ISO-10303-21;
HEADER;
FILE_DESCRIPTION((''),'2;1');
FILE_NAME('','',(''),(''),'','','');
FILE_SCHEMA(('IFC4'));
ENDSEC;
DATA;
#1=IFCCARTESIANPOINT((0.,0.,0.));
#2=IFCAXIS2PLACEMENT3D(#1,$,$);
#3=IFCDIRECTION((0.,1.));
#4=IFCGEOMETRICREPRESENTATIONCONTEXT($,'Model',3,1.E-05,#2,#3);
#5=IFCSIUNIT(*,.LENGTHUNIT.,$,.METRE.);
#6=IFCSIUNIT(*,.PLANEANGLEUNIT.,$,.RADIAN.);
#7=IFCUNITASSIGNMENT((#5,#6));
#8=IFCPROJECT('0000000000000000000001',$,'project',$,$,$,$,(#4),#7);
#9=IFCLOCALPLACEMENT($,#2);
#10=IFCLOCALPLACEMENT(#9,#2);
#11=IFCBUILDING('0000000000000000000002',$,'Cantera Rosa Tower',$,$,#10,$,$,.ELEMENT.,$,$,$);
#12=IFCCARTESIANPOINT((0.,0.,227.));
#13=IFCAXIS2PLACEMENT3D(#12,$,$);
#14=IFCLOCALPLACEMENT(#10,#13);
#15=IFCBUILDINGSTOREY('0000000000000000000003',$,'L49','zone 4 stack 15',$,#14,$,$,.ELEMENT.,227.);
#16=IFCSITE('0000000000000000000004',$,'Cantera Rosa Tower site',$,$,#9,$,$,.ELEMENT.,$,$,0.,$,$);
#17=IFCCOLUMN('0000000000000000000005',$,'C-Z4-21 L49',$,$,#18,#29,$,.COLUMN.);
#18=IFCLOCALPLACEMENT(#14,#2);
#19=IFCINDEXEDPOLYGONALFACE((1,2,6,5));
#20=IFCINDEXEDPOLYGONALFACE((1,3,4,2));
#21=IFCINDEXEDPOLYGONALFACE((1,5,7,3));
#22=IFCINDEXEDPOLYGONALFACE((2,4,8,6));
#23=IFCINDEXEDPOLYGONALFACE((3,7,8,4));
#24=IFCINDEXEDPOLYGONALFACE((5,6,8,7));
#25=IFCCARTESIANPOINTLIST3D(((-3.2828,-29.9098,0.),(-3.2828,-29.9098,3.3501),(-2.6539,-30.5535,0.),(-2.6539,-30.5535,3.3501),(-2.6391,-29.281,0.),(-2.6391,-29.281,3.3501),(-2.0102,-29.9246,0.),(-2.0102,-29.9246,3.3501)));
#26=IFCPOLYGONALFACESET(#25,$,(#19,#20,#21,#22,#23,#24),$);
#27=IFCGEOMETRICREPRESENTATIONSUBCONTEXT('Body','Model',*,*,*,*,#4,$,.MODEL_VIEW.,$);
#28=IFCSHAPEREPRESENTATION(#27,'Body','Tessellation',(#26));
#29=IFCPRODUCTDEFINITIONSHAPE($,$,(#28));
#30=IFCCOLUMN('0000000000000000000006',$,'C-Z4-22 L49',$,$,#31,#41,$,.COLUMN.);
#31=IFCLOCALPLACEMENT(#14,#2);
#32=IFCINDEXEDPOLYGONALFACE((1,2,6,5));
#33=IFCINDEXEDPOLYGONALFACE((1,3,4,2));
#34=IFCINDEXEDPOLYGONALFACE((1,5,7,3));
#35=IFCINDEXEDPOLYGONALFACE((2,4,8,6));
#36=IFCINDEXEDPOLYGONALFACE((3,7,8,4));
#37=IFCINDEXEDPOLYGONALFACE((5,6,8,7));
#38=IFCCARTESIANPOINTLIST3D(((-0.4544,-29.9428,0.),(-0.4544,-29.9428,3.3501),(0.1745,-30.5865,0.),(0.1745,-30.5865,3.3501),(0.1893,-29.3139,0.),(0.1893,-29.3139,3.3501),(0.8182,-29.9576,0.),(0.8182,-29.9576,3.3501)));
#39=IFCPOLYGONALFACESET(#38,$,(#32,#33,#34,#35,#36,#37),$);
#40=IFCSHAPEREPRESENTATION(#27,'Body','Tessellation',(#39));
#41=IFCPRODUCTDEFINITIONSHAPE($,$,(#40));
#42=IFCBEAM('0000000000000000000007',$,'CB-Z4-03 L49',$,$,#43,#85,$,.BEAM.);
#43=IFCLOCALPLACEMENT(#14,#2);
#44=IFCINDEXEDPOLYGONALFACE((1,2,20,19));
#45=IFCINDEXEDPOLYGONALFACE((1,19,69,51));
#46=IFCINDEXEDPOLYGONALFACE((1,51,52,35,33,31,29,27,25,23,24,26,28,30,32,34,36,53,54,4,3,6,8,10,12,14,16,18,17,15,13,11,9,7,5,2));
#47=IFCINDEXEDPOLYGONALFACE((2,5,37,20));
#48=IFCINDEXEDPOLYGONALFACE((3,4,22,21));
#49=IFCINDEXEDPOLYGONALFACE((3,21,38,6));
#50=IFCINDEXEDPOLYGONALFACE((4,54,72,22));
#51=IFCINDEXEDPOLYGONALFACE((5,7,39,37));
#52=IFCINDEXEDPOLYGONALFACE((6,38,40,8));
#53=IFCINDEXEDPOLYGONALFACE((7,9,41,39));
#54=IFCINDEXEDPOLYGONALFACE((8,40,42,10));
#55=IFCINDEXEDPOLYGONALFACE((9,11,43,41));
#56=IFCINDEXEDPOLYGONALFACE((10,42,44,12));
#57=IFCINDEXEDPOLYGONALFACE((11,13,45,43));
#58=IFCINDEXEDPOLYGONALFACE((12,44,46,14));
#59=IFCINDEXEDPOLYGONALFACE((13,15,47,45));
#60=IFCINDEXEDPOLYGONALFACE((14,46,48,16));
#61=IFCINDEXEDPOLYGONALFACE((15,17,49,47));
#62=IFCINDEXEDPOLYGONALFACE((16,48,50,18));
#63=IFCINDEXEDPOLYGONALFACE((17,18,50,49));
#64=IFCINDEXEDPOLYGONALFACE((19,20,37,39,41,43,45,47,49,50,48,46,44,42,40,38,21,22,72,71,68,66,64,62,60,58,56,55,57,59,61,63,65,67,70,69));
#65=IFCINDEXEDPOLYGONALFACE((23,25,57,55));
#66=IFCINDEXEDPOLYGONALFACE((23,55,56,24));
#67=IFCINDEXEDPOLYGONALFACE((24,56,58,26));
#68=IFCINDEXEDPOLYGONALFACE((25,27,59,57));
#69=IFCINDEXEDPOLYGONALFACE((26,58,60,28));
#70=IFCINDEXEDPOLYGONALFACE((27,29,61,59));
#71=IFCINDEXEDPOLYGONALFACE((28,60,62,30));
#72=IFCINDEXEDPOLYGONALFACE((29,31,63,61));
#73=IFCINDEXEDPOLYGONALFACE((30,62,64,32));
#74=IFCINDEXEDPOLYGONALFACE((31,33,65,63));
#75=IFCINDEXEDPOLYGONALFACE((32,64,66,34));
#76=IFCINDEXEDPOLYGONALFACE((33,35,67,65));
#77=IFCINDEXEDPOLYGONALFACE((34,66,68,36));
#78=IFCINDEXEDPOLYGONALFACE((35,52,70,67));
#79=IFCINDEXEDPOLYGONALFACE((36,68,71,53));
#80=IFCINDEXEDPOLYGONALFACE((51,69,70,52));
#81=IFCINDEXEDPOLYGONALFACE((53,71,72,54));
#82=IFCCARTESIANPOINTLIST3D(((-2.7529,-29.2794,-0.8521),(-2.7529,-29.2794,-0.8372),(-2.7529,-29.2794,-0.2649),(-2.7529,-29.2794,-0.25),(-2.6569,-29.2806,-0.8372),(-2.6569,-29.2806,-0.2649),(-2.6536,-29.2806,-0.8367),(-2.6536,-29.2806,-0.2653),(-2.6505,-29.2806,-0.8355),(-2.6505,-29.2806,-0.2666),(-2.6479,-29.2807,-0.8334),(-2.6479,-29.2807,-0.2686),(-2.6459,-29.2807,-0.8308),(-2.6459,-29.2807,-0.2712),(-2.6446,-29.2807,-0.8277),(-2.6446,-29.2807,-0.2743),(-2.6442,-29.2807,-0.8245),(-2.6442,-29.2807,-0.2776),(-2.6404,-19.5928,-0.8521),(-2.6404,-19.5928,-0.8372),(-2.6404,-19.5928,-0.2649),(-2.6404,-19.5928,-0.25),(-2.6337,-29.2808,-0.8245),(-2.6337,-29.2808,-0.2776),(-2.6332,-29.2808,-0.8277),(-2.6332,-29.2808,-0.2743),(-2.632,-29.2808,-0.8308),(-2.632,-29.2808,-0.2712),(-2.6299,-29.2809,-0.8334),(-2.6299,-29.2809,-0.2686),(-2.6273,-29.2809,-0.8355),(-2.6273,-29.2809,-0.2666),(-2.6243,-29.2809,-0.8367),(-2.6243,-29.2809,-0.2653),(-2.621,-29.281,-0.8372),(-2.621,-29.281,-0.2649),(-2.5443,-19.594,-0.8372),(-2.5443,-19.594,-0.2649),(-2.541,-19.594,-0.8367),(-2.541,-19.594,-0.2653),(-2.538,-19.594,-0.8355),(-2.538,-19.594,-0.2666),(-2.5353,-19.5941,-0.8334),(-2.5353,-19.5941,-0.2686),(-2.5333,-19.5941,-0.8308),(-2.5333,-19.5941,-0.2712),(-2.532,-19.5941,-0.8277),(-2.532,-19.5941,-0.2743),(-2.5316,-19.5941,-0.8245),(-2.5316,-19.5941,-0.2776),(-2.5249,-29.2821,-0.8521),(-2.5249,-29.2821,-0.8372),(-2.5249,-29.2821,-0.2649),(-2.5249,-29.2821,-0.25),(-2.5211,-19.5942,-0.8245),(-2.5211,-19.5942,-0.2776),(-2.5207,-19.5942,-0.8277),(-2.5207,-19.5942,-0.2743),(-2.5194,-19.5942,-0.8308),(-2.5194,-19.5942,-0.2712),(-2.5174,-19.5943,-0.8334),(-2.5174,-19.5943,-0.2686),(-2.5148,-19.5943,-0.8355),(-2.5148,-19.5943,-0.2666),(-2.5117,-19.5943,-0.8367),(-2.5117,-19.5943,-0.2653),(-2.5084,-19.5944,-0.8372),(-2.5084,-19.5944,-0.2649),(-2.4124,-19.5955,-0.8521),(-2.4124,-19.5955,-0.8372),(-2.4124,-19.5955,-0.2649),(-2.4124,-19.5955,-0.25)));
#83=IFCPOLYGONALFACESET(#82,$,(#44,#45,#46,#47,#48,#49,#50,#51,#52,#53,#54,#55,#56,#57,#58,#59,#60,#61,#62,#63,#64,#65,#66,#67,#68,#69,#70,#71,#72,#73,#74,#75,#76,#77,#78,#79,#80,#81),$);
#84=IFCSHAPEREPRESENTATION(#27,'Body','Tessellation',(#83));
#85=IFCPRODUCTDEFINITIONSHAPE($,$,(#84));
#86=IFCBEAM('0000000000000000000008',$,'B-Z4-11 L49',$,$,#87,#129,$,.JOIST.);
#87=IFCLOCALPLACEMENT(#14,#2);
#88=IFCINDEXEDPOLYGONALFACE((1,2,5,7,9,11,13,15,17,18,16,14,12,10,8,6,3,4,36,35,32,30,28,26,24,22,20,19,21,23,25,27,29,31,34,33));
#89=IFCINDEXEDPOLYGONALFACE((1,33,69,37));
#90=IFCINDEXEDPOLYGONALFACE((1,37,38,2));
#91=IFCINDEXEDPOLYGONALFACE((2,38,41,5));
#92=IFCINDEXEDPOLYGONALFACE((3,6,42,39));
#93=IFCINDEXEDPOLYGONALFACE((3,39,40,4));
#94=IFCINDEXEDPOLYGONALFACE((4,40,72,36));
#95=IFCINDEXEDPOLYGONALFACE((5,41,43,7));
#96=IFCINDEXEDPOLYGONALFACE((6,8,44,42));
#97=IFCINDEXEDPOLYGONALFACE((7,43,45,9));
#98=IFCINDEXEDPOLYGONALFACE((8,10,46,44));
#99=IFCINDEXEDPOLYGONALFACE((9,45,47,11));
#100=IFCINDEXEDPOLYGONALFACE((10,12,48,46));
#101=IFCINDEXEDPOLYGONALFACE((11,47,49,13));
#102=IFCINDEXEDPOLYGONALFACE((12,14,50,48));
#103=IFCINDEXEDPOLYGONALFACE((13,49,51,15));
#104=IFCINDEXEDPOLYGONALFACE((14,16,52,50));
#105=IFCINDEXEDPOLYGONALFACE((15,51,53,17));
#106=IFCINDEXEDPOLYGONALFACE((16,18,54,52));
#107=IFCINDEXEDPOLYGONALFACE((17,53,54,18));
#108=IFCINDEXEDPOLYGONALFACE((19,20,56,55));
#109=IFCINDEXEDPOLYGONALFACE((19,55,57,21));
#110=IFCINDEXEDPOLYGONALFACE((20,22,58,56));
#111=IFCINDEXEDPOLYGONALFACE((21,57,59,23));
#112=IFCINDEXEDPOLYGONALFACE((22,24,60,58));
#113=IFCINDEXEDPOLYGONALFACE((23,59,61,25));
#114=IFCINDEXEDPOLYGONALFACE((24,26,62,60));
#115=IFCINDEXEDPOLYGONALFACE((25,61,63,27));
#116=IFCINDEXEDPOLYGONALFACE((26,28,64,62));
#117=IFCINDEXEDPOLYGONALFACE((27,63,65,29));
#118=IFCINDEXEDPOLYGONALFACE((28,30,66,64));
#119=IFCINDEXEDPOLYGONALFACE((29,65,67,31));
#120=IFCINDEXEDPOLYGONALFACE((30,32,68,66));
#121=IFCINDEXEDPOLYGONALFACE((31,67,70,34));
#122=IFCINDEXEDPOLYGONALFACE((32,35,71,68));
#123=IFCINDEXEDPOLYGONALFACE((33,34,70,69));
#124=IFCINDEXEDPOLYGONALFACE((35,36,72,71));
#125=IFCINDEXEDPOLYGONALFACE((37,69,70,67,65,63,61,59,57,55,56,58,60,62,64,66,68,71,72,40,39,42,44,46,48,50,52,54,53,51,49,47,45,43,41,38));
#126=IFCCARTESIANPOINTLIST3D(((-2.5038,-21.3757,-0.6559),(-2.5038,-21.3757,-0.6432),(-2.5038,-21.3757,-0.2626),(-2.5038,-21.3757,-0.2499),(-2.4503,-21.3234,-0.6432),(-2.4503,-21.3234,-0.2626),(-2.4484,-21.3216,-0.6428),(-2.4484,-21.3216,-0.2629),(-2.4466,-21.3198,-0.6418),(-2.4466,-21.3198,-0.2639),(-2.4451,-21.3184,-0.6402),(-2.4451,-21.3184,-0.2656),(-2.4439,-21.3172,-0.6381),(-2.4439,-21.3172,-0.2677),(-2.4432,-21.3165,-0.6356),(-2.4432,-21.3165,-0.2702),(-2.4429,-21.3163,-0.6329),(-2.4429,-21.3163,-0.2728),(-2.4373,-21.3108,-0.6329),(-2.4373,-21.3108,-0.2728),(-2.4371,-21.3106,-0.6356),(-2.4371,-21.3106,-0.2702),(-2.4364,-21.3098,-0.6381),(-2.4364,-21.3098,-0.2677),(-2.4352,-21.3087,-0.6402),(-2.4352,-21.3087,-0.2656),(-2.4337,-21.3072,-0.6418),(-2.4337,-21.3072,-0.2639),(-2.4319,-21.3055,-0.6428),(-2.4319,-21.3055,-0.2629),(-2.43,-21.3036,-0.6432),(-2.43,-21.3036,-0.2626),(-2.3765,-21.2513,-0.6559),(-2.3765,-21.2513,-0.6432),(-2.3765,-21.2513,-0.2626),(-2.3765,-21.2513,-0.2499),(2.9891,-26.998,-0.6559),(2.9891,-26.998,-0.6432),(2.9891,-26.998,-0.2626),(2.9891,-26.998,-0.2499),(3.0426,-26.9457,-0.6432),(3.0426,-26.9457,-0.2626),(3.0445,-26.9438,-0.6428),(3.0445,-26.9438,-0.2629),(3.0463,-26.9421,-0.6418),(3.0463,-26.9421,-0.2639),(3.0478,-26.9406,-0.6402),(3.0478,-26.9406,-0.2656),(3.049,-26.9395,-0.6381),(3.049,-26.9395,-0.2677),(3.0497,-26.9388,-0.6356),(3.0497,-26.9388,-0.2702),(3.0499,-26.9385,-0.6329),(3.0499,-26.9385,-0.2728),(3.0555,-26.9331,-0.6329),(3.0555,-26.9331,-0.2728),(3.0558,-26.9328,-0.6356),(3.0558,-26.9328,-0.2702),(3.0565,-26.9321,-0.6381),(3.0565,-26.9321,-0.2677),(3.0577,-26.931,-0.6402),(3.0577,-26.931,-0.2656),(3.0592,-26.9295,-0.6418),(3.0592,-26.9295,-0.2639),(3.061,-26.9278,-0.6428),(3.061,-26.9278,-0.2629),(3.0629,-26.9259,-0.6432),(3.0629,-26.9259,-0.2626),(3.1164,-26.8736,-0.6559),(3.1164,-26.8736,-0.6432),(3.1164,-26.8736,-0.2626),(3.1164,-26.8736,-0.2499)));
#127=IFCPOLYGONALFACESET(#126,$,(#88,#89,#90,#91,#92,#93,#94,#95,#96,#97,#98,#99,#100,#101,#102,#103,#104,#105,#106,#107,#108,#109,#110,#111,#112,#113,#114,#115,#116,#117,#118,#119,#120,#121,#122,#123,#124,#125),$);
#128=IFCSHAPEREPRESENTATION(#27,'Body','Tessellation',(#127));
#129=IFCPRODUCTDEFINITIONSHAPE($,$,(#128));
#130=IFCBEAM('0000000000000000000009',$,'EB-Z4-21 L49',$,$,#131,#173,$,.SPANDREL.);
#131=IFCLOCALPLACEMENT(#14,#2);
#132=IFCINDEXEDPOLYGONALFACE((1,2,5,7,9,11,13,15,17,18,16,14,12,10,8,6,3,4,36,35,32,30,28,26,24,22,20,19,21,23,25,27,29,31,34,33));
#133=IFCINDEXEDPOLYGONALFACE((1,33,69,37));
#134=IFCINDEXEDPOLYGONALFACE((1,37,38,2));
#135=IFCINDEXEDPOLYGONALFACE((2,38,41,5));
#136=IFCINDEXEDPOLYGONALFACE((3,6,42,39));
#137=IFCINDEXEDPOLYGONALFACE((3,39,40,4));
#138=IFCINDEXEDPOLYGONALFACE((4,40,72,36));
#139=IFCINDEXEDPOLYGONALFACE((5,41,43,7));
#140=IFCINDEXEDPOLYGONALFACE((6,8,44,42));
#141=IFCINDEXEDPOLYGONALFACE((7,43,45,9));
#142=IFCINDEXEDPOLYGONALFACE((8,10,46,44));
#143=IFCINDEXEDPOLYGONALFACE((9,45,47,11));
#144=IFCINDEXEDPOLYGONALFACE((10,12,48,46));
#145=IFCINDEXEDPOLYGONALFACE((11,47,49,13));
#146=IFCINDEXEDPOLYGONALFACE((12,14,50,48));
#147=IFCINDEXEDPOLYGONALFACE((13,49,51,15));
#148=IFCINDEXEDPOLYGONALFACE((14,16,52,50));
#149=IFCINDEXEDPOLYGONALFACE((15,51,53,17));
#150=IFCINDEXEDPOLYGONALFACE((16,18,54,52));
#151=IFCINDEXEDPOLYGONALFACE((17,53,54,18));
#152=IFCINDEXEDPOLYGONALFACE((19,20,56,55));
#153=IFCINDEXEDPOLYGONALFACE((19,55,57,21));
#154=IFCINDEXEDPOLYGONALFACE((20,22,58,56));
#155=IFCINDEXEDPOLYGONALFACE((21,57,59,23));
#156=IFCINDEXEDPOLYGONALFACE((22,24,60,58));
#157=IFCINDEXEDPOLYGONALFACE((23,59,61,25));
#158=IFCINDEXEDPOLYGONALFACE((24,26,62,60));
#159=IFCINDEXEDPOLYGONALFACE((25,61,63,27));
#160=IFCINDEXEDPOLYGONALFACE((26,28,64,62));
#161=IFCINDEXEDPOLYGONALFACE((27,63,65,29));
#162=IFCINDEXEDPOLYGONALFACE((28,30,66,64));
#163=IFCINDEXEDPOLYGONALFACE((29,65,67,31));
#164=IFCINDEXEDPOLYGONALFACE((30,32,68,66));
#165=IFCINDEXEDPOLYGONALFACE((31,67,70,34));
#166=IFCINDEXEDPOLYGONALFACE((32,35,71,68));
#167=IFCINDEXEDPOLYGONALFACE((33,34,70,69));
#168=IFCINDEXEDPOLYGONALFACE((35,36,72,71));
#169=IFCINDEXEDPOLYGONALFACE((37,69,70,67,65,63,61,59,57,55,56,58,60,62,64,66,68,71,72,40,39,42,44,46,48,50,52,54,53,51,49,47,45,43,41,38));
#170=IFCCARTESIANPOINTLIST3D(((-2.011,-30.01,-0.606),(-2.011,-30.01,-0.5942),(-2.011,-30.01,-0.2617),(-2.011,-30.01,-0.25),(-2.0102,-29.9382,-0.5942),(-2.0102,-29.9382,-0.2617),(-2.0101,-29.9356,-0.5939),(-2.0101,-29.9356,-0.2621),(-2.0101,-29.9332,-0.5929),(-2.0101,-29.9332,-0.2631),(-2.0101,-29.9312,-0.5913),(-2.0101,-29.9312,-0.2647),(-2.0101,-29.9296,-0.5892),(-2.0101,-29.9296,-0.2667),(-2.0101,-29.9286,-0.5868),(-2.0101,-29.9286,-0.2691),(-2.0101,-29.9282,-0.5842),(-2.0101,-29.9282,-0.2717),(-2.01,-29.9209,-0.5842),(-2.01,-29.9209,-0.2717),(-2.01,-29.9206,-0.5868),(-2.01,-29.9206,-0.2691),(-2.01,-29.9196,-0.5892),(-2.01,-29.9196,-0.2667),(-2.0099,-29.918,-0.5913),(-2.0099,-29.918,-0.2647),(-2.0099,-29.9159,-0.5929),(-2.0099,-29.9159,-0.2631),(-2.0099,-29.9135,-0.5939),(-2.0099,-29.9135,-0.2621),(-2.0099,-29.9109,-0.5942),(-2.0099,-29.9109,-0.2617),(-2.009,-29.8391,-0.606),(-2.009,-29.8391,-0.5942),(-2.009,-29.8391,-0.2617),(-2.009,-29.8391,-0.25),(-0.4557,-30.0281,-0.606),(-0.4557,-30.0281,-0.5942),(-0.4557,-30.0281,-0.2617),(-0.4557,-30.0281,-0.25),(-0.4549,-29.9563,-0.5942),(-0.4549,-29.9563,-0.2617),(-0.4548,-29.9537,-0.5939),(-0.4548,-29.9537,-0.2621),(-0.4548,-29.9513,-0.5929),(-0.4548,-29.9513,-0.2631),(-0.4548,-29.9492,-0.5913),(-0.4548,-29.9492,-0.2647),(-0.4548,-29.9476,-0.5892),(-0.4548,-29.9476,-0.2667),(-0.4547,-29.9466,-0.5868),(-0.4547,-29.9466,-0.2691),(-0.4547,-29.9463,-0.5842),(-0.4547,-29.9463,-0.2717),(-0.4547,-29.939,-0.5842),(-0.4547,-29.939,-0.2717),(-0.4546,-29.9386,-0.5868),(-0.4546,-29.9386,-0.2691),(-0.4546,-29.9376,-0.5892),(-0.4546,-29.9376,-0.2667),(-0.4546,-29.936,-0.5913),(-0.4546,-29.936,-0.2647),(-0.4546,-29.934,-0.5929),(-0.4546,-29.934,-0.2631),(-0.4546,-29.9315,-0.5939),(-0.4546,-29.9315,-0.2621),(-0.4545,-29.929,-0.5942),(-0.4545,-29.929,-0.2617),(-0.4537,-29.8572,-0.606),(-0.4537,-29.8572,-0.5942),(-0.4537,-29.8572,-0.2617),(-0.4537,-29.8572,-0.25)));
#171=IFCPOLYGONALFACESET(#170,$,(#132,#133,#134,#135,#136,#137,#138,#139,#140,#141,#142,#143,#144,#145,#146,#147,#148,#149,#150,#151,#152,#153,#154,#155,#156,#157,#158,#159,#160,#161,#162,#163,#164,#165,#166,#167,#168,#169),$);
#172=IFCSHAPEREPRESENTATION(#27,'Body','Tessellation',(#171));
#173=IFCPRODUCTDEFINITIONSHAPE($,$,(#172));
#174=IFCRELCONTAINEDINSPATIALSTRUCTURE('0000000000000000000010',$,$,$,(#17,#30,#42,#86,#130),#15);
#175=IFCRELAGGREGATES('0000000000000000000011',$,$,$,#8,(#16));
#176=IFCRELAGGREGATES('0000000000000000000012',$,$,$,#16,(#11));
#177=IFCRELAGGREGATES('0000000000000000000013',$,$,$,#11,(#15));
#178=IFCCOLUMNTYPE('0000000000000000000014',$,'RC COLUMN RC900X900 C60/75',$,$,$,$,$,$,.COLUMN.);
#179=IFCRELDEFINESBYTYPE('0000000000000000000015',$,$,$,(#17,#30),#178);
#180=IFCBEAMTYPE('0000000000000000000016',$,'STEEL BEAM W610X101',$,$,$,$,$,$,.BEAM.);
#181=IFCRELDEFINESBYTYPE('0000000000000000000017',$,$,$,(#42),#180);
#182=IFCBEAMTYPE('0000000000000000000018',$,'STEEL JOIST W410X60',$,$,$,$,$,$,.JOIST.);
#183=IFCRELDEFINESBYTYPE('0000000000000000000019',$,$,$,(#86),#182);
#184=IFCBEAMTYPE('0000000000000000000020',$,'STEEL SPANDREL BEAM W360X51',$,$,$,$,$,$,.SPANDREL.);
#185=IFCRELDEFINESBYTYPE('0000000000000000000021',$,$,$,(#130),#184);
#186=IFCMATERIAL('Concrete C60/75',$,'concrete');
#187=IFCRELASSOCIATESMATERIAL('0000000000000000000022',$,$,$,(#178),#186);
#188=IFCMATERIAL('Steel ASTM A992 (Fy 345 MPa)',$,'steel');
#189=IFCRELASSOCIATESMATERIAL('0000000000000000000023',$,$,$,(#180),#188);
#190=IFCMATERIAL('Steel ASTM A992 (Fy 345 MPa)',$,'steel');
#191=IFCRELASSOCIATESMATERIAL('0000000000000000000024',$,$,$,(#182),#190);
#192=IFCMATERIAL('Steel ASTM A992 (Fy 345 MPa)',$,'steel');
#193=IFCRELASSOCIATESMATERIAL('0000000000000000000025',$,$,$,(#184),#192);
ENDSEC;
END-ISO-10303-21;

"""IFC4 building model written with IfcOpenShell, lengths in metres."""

from ifc_helpers import new_model, si_unit, direction, frame, origin, origin_2d, place, context, subcontext, project, spatial, rectangle, i_section, extrude, material, material_profile, profile_set, type_object, element, save


model = new_model("IFC4")

# Units and contexts
model_context = context("Model", 3, precision=1e-05, world=origin(), true_north=direction((0.0, 1.0)))
body_context = subcontext(model_context, "Body", "Model", "MODEL_VIEW")
ifc_project = project(units=[si_unit("LENGTHUNIT", "METRE"), si_unit("PLANEANGLEUNIT", "RADIAN")], contexts=[model_context])

# Site, building, storey
site_placement = place(None, origin())
site = spatial("IfcSite", under=ifc_project, at=site_placement, Name="Cantera Rosa Tower site", CompositionType="ELEMENT", RefElevation=0.0)
building_placement = place(site_placement, origin())
building = spatial("IfcBuilding", under=site, at=building_placement, Name="Cantera Rosa Tower", CompositionType="ELEMENT")
storey_placement = place(building_placement, frame((0.0, 0.0, 227.0)))
storey = spatial("IfcBuildingStorey", under=building, at=storey_placement, Name="L49", Description="zone 4 stack 15", CompositionType="ELEMENT", Elevation=227.0)

# Columns
ifc_material_1 = material(Name="Concrete C60/75", Category="concrete")
ifc_material_profile_1 = material_profile(ifc_material_1, rectangle(XDim=0.8999, YDim=0.8999, at=origin_2d()), Name="RC COLUMN RC900X900 C60/75")
ifc_profile_set_1 = profile_set([ifc_material_profile_1], Name="Concrete C60/75")
column_type = type_object("IfcColumnType", Name="RC COLUMN RC900X900 C60/75", PredefinedType="COLUMN", material=ifc_profile_set_1)
for number, where, z_axis, x_axis, name in (
    (1, (-2.6465, -29.9172, 0.0), (0.0, 0.0, 1.0), (0.715286, 0.698832, 0.0), "C-Z4-21 L49"),
    (2, (0.1819, -29.9502, 0.0), (0.0, 0.0, 1.0), (0.715286, 0.698832, 0.0), "C-Z4-22 L49"),
):
    element("IfcColumn", number, at=place(storey_placement, frame(where, z_axis=z_axis, x_axis=x_axis)), inside=storey, type_object=column_type, Name=name, PredefinedType="COLUMN", context=body_context, shape_type="SweptSolid", body=[
        extrude(rectangle(XDim=0.8999, YDim=0.8999, at=origin_2d()), origin(), (0.0, 0.0, 1.0), 3.3501),
    ])

# Beams
ifc_material_2 = material(Name="Steel ASTM A992 (Fy 345 MPa)", Category="steel")
ifc_material_profile_2 = material_profile(ifc_material_2, i_section(OverallWidth=0.228, OverallDepth=0.6021, WebThickness=0.0105, FlangeThickness=0.0149, FilletRadius=0.0127, at=origin_2d()), Name="W610X101")
ifc_profile_set_2 = profile_set([ifc_material_profile_2], Name="Steel ASTM A992 (Fy 345 MPa)")
beam_type_1 = type_object("IfcBeamType", Name="STEEL BEAM W610X101", PredefinedType="BEAM", material=ifc_profile_set_2)
beam_1_placement = place(storey_placement, frame((-2.6389, -29.2808, -0.551), z_axis=(0.011618, 0.999933, 0.0), x_axis=(-0.999933, 0.011618, 0.0)))
element("IfcBeam", 3, at=beam_1_placement, inside=storey, type_object=beam_type_1, Name="CB-Z4-03 L49", PredefinedType="BEAM", context=body_context, shape_type="SweptSolid", body=[
    extrude(i_section(OverallWidth=0.228, OverallDepth=0.6021, WebThickness=0.0105, FlangeThickness=0.0149, FilletRadius=0.0127, at=origin_2d()), origin(), (0.0, 0.0, 1.0), 9.6873),
])
ifc_material_3 = material(Name="Steel ASTM A992 (Fy 345 MPa)", Category="steel")
ifc_material_profile_3 = material_profile(ifc_material_3, i_section(OverallWidth=0.178, OverallDepth=0.406, WebThickness=0.0078, FlangeThickness=0.0127, FilletRadius=0.0103, at=origin_2d()), Name="W410X60")
ifc_profile_set_3 = profile_set([ifc_material_profile_3], Name="Steel ASTM A992 (Fy 345 MPa)")
beam_type_2 = type_object("IfcBeamType", Name="STEEL JOIST W410X60", PredefinedType="JOIST", material=ifc_profile_set_3)
beam_2_placement = place(storey_placement, frame((3.0527, -26.9358, -0.4529), z_axis=(-0.698828, 0.71529, 0.0), x_axis=(-0.71529, -0.698828, 0.0)))
element("IfcBeam", 4, at=beam_2_placement, inside=storey, type_object=beam_type_2, Name="B-Z4-11 L49", PredefinedType="JOIST", context=body_context, shape_type="SweptSolid", body=[
    extrude(i_section(OverallWidth=0.178, OverallDepth=0.406, WebThickness=0.0078, FlangeThickness=0.0127, FilletRadius=0.0103, at=origin_2d()), origin(), (0.0, 0.0, 1.0), 7.8601),
])
ifc_material_4 = material(Name="Steel ASTM A992 (Fy 345 MPa)", Category="steel")
ifc_material_profile_4 = material_profile(ifc_material_4, i_section(OverallWidth=0.1709, OverallDepth=0.356, WebThickness=0.0073, FlangeThickness=0.0117, FilletRadius=0.01, at=origin_2d()), Name="W360X51")
ifc_profile_set_4 = profile_set([ifc_material_profile_4], Name="Steel ASTM A992 (Fy 345 MPa)")
beam_type_3 = type_object("IfcBeamType", Name="STEEL SPANDREL BEAM W360X51", PredefinedType="SPANDREL", material=ifc_profile_set_4)
beam_3_placement = place(storey_placement, frame((-2.01, -29.9246, -0.428), z_axis=(0.999933, -0.011614, 0.0), x_axis=(0.011614, 0.999933, 0.0)))
element("IfcBeam", 5, at=beam_3_placement, inside=storey, type_object=beam_type_3, Name="EB-Z4-21 L49", PredefinedType="SPANDREL", context=body_context, shape_type="SweptSolid", body=[
    extrude(i_section(OverallWidth=0.1709, OverallDepth=0.356, WebThickness=0.0073, FlangeThickness=0.0117, FilletRadius=0.01, at=origin_2d()), origin(), (0.0, 0.0, 1.0), 1.5554),
])

save(model, "model.ifc")
